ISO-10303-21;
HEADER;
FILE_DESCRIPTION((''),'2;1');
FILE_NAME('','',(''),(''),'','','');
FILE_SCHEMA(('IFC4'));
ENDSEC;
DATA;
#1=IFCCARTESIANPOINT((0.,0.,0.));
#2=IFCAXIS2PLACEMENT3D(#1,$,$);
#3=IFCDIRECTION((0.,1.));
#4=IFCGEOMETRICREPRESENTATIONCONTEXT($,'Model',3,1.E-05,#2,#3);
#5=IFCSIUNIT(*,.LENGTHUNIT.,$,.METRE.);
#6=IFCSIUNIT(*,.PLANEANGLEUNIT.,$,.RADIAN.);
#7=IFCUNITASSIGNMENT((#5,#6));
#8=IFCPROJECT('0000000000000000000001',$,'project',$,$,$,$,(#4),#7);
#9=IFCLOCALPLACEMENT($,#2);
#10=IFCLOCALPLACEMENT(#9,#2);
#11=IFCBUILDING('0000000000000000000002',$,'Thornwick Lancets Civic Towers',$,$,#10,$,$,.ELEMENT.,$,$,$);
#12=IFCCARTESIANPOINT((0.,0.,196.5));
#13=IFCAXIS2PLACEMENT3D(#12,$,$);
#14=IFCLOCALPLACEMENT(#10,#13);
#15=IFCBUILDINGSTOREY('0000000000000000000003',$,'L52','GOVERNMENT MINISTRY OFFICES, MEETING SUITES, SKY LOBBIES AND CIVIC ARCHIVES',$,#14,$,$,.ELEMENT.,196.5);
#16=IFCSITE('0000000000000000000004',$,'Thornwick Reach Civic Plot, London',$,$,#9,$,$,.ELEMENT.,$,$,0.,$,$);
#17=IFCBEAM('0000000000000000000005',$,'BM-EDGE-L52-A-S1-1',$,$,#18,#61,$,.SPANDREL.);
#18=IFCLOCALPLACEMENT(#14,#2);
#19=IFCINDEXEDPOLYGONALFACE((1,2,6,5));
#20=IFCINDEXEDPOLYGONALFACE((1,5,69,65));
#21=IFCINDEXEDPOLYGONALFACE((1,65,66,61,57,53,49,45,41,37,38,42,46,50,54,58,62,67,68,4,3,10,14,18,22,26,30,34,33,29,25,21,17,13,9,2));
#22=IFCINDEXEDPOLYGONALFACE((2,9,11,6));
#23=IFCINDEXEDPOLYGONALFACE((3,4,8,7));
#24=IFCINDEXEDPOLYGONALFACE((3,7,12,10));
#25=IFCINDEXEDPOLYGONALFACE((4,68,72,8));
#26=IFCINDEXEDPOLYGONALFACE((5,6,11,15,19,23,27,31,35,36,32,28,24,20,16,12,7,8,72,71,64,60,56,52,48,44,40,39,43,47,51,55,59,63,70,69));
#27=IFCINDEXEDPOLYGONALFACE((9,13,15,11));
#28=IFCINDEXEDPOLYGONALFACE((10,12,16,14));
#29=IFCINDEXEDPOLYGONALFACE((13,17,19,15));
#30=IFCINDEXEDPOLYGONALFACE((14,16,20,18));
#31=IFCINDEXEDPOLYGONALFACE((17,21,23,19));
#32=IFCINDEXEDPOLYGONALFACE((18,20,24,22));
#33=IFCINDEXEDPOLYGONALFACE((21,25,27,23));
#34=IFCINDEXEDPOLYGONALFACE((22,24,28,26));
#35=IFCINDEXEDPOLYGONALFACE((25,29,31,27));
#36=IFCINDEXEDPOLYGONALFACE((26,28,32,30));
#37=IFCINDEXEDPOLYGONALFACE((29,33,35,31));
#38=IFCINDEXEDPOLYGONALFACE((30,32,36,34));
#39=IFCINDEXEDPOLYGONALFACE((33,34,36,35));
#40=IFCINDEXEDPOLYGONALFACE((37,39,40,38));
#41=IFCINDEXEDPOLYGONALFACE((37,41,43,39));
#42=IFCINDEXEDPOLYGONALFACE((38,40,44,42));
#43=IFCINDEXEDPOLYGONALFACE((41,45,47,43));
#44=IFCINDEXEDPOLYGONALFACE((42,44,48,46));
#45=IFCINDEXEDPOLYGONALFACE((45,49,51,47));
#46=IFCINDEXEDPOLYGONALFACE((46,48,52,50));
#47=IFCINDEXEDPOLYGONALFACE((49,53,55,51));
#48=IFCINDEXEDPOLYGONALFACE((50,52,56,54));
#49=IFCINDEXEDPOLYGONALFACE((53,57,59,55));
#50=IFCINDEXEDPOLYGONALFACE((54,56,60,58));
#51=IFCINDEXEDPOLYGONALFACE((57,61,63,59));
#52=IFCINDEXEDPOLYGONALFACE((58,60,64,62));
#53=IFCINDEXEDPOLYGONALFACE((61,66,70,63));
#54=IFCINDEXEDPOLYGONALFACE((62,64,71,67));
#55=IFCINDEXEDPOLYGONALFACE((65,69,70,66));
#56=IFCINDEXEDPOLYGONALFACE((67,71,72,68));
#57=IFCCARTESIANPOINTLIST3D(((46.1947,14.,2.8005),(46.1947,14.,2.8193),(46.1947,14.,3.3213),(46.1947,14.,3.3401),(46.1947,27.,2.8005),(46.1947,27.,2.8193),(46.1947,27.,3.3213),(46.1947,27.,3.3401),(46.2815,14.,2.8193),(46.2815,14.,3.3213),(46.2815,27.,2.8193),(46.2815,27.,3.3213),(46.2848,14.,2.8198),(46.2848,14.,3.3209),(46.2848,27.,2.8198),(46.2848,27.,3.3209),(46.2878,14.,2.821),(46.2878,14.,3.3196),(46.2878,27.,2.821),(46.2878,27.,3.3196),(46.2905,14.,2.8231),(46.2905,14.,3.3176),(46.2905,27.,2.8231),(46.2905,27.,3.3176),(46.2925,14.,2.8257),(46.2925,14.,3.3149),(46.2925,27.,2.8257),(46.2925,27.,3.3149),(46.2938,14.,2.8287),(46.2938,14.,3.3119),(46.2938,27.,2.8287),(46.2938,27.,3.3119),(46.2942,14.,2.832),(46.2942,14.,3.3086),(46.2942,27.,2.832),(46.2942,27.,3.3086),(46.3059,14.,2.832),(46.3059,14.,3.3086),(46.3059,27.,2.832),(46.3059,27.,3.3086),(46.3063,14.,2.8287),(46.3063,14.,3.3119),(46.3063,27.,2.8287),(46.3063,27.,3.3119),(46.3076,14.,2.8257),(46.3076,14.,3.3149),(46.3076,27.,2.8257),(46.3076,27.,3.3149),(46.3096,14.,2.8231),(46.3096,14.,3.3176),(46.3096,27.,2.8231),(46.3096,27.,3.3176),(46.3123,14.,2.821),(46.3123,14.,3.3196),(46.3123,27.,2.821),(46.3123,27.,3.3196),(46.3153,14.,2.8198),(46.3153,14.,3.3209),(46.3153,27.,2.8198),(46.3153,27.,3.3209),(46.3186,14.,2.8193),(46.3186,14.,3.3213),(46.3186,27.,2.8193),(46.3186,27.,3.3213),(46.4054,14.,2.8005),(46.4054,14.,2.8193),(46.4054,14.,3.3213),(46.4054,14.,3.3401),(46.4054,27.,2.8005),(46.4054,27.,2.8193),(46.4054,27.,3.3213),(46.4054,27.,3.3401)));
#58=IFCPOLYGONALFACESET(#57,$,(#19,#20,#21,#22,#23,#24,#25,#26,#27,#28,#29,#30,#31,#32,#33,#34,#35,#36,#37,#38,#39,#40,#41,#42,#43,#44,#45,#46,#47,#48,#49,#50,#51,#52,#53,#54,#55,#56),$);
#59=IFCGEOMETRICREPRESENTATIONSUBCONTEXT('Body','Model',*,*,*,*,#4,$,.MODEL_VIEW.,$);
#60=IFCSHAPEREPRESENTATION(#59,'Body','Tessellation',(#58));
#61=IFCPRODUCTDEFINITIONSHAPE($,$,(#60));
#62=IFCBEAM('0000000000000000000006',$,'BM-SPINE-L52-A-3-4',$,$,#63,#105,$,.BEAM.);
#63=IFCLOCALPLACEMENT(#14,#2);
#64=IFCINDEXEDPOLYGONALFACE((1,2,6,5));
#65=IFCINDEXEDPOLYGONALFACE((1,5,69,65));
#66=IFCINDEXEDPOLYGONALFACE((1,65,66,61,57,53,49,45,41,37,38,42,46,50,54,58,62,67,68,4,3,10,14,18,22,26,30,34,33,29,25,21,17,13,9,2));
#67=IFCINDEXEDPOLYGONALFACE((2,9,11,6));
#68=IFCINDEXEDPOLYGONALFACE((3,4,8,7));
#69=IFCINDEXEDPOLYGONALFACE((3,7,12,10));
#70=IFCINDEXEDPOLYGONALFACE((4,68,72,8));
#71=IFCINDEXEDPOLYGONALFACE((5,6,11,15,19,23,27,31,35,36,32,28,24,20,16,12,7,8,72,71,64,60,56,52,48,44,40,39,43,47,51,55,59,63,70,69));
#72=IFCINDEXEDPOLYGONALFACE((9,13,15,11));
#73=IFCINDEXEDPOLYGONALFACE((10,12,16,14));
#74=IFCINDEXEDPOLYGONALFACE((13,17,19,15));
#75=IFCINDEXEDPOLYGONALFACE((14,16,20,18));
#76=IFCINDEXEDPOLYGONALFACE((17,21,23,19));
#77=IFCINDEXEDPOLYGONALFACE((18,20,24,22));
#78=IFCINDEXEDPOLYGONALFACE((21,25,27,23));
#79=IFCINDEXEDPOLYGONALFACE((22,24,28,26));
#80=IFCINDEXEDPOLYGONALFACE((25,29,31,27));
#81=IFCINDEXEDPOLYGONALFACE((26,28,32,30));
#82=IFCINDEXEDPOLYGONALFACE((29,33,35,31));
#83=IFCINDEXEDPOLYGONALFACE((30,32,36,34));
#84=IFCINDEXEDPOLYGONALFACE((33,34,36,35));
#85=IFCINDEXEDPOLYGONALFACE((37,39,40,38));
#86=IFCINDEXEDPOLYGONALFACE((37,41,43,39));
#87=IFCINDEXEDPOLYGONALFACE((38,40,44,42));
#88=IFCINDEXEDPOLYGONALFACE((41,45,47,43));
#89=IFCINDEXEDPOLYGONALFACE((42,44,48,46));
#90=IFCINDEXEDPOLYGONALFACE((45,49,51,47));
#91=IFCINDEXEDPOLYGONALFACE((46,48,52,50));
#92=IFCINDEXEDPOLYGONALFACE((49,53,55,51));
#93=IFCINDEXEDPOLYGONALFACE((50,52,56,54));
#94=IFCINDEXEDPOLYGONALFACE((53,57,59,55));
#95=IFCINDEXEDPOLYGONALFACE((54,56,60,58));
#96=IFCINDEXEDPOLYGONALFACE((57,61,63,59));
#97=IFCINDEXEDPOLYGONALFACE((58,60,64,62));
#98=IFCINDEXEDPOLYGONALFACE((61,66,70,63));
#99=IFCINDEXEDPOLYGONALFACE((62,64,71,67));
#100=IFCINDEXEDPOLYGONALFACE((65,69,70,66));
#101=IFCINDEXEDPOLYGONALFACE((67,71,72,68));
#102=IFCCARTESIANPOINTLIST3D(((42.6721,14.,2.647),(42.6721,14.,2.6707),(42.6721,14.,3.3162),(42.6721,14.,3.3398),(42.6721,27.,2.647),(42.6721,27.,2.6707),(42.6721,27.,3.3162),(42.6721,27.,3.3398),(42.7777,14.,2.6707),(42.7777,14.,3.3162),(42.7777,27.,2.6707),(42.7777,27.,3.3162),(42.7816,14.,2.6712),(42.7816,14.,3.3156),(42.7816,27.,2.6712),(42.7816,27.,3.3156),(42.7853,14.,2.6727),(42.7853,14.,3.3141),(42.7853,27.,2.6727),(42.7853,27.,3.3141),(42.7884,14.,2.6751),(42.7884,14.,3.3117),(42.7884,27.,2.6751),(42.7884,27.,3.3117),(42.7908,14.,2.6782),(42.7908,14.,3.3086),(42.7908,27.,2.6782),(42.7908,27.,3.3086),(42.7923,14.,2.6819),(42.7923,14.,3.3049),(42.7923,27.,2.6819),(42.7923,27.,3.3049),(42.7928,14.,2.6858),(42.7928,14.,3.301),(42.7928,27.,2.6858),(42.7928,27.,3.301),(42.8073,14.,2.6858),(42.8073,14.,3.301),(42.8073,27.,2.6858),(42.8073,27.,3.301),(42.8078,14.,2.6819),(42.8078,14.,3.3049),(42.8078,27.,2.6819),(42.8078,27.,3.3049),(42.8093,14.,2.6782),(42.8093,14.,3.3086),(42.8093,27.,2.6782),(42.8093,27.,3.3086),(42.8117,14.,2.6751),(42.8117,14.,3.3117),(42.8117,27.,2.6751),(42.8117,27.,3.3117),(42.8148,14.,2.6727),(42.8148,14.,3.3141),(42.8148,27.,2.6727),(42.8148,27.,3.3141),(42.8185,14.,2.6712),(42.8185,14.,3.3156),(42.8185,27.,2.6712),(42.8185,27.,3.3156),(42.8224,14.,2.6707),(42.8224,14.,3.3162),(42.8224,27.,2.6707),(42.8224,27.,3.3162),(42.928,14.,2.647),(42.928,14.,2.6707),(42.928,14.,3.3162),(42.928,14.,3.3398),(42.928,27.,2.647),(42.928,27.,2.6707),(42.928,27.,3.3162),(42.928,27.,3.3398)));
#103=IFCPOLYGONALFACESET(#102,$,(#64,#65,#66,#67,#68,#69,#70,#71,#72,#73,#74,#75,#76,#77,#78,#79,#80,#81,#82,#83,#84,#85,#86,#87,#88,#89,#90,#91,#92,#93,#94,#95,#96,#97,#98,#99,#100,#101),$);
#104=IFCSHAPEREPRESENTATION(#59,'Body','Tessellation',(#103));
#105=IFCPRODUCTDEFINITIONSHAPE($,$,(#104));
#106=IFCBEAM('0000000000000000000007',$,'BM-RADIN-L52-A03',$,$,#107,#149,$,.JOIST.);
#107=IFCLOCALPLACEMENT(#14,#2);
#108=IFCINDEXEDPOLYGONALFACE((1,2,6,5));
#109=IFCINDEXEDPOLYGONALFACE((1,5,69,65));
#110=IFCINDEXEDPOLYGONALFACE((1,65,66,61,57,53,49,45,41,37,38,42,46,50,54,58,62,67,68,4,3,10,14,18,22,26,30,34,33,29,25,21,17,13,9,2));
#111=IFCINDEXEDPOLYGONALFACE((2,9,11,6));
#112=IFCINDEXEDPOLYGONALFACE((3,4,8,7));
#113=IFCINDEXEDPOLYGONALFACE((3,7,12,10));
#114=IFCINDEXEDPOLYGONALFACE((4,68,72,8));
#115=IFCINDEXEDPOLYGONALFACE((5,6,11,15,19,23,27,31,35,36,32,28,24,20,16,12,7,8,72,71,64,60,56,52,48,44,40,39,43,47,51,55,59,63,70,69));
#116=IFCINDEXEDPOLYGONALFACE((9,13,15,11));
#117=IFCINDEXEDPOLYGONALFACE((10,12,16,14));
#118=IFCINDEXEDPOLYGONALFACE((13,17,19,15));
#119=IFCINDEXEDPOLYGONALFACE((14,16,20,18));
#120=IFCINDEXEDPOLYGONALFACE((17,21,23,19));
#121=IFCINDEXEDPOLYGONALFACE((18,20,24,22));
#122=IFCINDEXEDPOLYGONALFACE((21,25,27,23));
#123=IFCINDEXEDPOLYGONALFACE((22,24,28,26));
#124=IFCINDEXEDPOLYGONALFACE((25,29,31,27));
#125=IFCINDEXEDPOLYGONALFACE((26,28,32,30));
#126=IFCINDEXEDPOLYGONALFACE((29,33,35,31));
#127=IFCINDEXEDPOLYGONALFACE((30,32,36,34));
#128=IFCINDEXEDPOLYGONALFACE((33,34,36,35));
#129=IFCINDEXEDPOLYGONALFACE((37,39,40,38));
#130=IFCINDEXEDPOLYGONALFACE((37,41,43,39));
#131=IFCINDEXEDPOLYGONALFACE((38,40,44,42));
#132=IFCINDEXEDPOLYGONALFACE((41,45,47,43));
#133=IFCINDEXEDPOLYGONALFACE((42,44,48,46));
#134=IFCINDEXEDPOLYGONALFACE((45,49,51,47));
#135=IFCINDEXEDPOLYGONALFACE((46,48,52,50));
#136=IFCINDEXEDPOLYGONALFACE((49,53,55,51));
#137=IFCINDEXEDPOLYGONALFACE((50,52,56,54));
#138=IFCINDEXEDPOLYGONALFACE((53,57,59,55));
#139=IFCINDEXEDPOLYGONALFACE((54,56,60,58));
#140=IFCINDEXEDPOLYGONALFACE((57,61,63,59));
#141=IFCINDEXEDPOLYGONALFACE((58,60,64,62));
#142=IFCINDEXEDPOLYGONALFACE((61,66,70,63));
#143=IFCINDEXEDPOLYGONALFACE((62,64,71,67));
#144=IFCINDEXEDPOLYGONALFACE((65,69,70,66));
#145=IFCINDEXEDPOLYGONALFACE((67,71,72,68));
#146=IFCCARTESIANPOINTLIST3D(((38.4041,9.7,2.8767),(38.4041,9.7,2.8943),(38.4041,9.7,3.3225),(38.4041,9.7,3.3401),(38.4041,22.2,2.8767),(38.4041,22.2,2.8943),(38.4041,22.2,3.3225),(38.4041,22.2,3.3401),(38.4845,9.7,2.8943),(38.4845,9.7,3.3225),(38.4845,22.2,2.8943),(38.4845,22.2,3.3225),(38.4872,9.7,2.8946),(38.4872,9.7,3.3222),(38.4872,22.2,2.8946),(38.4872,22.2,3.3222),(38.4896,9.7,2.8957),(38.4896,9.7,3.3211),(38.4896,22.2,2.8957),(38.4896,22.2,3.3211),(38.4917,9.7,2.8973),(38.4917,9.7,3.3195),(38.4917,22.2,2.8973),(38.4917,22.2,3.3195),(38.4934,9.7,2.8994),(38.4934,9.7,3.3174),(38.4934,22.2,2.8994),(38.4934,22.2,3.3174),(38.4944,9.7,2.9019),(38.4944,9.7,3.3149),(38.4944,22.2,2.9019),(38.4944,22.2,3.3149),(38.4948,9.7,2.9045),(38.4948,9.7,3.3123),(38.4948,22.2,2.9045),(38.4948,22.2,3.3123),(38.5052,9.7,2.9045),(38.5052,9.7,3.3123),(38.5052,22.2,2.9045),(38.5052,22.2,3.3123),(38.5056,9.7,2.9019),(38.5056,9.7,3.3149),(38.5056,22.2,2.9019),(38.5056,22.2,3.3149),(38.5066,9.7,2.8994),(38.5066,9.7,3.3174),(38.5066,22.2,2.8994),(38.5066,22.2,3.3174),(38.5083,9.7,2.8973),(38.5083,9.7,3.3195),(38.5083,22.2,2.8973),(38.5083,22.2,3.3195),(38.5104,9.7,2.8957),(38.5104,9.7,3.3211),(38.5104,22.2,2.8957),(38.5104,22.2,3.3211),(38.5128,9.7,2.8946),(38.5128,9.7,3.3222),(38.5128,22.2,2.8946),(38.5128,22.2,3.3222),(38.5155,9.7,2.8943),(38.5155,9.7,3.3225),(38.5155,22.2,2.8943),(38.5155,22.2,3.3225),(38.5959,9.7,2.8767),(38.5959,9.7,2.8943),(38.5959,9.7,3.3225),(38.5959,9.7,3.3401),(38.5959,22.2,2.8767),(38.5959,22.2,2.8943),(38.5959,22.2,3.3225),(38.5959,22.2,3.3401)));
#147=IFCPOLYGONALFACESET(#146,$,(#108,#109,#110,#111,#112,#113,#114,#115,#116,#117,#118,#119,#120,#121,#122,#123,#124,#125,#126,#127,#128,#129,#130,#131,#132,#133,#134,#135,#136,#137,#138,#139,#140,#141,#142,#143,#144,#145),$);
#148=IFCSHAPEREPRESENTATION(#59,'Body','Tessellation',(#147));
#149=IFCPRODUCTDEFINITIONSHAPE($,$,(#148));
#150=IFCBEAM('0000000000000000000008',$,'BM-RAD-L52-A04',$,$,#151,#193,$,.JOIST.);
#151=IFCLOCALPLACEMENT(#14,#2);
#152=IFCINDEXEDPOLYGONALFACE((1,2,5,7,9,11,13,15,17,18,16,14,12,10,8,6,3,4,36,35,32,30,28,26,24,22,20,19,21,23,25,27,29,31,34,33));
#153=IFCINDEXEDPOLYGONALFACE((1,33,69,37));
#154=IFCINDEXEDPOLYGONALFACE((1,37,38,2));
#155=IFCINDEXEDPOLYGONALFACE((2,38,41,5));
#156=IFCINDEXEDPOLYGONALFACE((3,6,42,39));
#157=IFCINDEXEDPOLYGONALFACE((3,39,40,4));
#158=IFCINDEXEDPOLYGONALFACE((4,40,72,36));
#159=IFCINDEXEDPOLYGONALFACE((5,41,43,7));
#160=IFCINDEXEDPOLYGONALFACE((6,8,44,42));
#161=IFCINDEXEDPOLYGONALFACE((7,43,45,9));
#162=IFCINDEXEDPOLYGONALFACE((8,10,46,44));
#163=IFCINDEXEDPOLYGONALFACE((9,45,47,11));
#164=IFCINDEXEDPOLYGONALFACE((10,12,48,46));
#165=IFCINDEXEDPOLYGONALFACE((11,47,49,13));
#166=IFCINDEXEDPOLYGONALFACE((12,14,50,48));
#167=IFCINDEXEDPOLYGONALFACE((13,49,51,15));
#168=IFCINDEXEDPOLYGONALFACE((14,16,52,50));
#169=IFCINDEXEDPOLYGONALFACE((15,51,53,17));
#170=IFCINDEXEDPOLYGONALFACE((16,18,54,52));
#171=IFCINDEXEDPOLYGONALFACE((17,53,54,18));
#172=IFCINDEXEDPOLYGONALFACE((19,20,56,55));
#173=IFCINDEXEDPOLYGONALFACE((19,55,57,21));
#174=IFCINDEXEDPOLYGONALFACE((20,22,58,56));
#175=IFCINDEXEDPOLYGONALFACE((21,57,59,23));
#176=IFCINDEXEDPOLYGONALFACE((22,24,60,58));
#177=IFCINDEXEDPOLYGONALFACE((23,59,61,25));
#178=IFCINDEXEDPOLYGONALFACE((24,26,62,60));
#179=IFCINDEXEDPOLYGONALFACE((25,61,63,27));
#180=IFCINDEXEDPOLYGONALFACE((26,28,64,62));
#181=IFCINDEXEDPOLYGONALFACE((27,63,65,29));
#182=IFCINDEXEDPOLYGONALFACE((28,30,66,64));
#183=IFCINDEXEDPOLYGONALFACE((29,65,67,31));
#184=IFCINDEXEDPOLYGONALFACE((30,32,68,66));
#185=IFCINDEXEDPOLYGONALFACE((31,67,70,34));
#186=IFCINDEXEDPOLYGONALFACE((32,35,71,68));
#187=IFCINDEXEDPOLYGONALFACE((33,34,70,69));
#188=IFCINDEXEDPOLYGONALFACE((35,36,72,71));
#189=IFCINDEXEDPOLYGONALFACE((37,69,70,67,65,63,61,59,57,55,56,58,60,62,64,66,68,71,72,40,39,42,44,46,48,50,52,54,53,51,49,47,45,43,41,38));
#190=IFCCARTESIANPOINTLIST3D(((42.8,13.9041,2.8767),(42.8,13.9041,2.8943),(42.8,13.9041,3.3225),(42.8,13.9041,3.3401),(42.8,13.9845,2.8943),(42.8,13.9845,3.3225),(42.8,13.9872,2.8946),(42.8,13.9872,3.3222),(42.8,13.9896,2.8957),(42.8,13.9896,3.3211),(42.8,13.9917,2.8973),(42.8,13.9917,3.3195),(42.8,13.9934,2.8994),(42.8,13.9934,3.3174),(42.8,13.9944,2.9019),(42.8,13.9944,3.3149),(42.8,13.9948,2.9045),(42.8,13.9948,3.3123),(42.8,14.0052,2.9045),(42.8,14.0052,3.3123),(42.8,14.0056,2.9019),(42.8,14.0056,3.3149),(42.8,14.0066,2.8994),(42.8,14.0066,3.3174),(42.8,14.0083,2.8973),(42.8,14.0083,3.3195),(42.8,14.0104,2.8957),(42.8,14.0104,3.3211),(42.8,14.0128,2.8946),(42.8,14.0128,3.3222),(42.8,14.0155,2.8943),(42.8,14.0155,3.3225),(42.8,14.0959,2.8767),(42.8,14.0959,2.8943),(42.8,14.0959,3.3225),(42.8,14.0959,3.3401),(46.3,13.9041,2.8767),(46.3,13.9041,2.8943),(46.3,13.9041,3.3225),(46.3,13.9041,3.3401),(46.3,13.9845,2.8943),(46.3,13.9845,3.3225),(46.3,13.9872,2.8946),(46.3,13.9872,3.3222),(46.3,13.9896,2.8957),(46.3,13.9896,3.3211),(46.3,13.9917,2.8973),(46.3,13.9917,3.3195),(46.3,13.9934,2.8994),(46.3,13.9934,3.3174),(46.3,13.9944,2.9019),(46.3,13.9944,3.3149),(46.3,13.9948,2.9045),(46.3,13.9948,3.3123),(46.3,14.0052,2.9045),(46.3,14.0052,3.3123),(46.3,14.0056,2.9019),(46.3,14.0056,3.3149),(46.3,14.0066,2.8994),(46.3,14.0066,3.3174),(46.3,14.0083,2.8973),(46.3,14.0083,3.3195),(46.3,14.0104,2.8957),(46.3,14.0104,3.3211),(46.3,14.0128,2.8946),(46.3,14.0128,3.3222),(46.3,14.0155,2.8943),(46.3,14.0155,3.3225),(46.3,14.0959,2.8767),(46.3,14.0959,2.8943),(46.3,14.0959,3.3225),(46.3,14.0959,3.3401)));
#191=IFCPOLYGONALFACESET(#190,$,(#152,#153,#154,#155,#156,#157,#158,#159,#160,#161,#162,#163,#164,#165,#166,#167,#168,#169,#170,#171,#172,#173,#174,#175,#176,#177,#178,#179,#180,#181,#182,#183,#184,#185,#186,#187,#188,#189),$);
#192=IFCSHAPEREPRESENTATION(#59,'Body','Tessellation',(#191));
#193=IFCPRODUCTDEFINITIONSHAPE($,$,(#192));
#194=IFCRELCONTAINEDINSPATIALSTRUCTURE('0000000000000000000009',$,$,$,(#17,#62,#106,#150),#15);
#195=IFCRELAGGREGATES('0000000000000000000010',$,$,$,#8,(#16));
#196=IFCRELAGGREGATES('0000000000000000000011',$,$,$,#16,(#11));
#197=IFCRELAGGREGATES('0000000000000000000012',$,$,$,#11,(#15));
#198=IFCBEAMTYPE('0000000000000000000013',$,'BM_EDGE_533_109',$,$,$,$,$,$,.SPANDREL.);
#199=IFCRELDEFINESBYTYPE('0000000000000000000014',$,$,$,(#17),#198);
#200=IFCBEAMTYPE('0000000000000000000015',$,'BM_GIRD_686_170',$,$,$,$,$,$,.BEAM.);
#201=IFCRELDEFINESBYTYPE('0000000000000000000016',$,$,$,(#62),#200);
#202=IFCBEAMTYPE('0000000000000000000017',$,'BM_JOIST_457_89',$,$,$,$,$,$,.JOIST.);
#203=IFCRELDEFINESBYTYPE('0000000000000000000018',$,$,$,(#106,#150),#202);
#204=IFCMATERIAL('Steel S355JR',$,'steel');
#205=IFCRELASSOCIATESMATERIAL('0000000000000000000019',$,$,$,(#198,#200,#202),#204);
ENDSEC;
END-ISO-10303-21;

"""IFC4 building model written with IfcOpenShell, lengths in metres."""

from ifc_helpers import new_model, si_unit, direction, frame, origin, origin_2d, place, context, subcontext, project, spatial, i_section, extrude, material, material_profile, profile_set, type_object, element, save


model = new_model("IFC4")

# Units and contexts
model_context = context("Model", 3, precision=1e-05, world=origin(), true_north=direction((0.0, 1.0)))
body_context = subcontext(model_context, "Body", "Model", "MODEL_VIEW")
ifc_project = project(units=[si_unit("LENGTHUNIT", "METRE"), si_unit("PLANEANGLEUNIT", "RADIAN")], contexts=[model_context])

# Site, building, storey
site_placement = place(None, origin())
site = spatial("IfcSite", under=ifc_project, at=site_placement, Name="Thornwick Reach Civic Plot, London", CompositionType="ELEMENT", RefElevation=0.0)
building_placement = place(site_placement, origin())
building = spatial("IfcBuilding", under=site, at=building_placement, Name="Thornwick Lancets Civic Towers", CompositionType="ELEMENT")
storey_placement = place(building_placement, frame((0.0, 0.0, 196.5)))
storey = spatial("IfcBuildingStorey", under=building, at=storey_placement, Name="L52", Description="GOVERNMENT MINISTRY OFFICES, MEETING SUITES, SKY LOBBIES AND CIVIC ARCHIVES", CompositionType="ELEMENT", Elevation=196.5)

# Beams
ifc_material_1 = material(Name="Steel S355JR", Category="steel")
ifc_material_profile_1 = material_profile(ifc_material_1, i_section(OverallWidth=0.2107, OverallDepth=0.5396, WebThickness=0.0117, FlangeThickness=0.0188, FilletRadius=0.0127, at=origin_2d()), Name="UKB 533x210x109")
ifc_profile_set_1 = profile_set([ifc_material_profile_1], Name="Steel S355JR")
beam_type_1 = type_object("IfcBeamType", Name="BM_EDGE_533_109", PredefinedType="SPANDREL", material=ifc_profile_set_1)
beam_1_placement = place(storey_placement, frame((46.3, 14.0, 3.0703), z_axis=(0.0, 1.0, 0.0), x_axis=(-1.0, 0.0, 0.0)))
element("IfcBeam", 1, at=beam_1_placement, inside=storey, type_object=beam_type_1, Name="BM-EDGE-L52-A-S1-1", PredefinedType="SPANDREL", context=body_context, shape_type="SweptSolid", body=[
    extrude(i_section(OverallWidth=0.2107, OverallDepth=0.5396, WebThickness=0.0117, FlangeThickness=0.0188, FilletRadius=0.0127, at=origin_2d()), origin(), (0.0, 0.0, 1.0), 13.0),
])
ifc_material_profile_2 = material_profile(ifc_material_1, i_section(OverallWidth=0.2559, OverallDepth=0.6929, WebThickness=0.0144, FlangeThickness=0.0237, FilletRadius=0.0151, at=origin_2d()), Name="UKB 686x254x170")
ifc_profile_set_2 = profile_set([ifc_material_profile_2], Name="Steel S355JR")
beam_type_2 = type_object("IfcBeamType", Name="BM_GIRD_686_170", PredefinedType="BEAM", material=ifc_profile_set_2)
beam_2_placement = place(storey_placement, frame((42.8, 14.0, 2.9934), z_axis=(0.0, 1.0, 0.0), x_axis=(-1.0, 0.0, 0.0)))
element("IfcBeam", 2, at=beam_2_placement, inside=storey, type_object=beam_type_2, Name="BM-SPINE-L52-A-3-4", PredefinedType="BEAM", context=body_context, shape_type="SweptSolid", body=[
    extrude(i_section(OverallWidth=0.2559, OverallDepth=0.6929, WebThickness=0.0144, FlangeThickness=0.0237, FilletRadius=0.0151, at=origin_2d()), origin(), (0.0, 0.0, 1.0), 13.0),
])
ifc_material_profile_3 = material_profile(ifc_material_1, i_section(OverallWidth=0.1919, OverallDepth=0.4634, WebThickness=0.0105, FlangeThickness=0.0176, FilletRadius=0.0103, at=origin_2d()), Name="UKB 457x191x89")
ifc_profile_set_3 = profile_set([ifc_material_profile_3], Name="Steel S355JR")
beam_type_3 = type_object("IfcBeamType", Name="BM_JOIST_457_89", PredefinedType="JOIST", material=ifc_profile_set_3)
beam_3_placement = place(storey_placement, frame((38.5, 22.2, 3.1084), z_axis=(0.0, -1.0, 0.0), x_axis=(1.0, 0.0, 0.0)))
element("IfcBeam", 3, at=beam_3_placement, inside=storey, type_object=beam_type_3, Name="BM-RADIN-L52-A03", PredefinedType="JOIST", context=body_context, shape_type="SweptSolid", body=[
    extrude(i_section(OverallWidth=0.1919, OverallDepth=0.4634, WebThickness=0.0105, FlangeThickness=0.0176, FilletRadius=0.0103, at=origin_2d()), origin(), (0.0, 0.0, 1.0), 12.5),
])
for number, where, z_axis, x_axis, name in (
    (4, (42.8, 14.0, 3.1084), (1.0, 0.0, 0.0), (0.0, 1.0, 0.0), "BM-RAD-L52-A04"),
):
    element("IfcBeam", number, at=place(storey_placement, frame(where, z_axis=z_axis, x_axis=x_axis)), inside=storey, type_object=beam_type_3, Name=name, PredefinedType="JOIST", context=body_context, shape_type="SweptSolid", body=[
        extrude(i_section(OverallWidth=0.1919, OverallDepth=0.4634, WebThickness=0.0105, FlangeThickness=0.0176, FilletRadius=0.0103, at=origin_2d()), origin(), (0.0, 0.0, 1.0), 3.5),
    ])

save(model, "model.ifc")
